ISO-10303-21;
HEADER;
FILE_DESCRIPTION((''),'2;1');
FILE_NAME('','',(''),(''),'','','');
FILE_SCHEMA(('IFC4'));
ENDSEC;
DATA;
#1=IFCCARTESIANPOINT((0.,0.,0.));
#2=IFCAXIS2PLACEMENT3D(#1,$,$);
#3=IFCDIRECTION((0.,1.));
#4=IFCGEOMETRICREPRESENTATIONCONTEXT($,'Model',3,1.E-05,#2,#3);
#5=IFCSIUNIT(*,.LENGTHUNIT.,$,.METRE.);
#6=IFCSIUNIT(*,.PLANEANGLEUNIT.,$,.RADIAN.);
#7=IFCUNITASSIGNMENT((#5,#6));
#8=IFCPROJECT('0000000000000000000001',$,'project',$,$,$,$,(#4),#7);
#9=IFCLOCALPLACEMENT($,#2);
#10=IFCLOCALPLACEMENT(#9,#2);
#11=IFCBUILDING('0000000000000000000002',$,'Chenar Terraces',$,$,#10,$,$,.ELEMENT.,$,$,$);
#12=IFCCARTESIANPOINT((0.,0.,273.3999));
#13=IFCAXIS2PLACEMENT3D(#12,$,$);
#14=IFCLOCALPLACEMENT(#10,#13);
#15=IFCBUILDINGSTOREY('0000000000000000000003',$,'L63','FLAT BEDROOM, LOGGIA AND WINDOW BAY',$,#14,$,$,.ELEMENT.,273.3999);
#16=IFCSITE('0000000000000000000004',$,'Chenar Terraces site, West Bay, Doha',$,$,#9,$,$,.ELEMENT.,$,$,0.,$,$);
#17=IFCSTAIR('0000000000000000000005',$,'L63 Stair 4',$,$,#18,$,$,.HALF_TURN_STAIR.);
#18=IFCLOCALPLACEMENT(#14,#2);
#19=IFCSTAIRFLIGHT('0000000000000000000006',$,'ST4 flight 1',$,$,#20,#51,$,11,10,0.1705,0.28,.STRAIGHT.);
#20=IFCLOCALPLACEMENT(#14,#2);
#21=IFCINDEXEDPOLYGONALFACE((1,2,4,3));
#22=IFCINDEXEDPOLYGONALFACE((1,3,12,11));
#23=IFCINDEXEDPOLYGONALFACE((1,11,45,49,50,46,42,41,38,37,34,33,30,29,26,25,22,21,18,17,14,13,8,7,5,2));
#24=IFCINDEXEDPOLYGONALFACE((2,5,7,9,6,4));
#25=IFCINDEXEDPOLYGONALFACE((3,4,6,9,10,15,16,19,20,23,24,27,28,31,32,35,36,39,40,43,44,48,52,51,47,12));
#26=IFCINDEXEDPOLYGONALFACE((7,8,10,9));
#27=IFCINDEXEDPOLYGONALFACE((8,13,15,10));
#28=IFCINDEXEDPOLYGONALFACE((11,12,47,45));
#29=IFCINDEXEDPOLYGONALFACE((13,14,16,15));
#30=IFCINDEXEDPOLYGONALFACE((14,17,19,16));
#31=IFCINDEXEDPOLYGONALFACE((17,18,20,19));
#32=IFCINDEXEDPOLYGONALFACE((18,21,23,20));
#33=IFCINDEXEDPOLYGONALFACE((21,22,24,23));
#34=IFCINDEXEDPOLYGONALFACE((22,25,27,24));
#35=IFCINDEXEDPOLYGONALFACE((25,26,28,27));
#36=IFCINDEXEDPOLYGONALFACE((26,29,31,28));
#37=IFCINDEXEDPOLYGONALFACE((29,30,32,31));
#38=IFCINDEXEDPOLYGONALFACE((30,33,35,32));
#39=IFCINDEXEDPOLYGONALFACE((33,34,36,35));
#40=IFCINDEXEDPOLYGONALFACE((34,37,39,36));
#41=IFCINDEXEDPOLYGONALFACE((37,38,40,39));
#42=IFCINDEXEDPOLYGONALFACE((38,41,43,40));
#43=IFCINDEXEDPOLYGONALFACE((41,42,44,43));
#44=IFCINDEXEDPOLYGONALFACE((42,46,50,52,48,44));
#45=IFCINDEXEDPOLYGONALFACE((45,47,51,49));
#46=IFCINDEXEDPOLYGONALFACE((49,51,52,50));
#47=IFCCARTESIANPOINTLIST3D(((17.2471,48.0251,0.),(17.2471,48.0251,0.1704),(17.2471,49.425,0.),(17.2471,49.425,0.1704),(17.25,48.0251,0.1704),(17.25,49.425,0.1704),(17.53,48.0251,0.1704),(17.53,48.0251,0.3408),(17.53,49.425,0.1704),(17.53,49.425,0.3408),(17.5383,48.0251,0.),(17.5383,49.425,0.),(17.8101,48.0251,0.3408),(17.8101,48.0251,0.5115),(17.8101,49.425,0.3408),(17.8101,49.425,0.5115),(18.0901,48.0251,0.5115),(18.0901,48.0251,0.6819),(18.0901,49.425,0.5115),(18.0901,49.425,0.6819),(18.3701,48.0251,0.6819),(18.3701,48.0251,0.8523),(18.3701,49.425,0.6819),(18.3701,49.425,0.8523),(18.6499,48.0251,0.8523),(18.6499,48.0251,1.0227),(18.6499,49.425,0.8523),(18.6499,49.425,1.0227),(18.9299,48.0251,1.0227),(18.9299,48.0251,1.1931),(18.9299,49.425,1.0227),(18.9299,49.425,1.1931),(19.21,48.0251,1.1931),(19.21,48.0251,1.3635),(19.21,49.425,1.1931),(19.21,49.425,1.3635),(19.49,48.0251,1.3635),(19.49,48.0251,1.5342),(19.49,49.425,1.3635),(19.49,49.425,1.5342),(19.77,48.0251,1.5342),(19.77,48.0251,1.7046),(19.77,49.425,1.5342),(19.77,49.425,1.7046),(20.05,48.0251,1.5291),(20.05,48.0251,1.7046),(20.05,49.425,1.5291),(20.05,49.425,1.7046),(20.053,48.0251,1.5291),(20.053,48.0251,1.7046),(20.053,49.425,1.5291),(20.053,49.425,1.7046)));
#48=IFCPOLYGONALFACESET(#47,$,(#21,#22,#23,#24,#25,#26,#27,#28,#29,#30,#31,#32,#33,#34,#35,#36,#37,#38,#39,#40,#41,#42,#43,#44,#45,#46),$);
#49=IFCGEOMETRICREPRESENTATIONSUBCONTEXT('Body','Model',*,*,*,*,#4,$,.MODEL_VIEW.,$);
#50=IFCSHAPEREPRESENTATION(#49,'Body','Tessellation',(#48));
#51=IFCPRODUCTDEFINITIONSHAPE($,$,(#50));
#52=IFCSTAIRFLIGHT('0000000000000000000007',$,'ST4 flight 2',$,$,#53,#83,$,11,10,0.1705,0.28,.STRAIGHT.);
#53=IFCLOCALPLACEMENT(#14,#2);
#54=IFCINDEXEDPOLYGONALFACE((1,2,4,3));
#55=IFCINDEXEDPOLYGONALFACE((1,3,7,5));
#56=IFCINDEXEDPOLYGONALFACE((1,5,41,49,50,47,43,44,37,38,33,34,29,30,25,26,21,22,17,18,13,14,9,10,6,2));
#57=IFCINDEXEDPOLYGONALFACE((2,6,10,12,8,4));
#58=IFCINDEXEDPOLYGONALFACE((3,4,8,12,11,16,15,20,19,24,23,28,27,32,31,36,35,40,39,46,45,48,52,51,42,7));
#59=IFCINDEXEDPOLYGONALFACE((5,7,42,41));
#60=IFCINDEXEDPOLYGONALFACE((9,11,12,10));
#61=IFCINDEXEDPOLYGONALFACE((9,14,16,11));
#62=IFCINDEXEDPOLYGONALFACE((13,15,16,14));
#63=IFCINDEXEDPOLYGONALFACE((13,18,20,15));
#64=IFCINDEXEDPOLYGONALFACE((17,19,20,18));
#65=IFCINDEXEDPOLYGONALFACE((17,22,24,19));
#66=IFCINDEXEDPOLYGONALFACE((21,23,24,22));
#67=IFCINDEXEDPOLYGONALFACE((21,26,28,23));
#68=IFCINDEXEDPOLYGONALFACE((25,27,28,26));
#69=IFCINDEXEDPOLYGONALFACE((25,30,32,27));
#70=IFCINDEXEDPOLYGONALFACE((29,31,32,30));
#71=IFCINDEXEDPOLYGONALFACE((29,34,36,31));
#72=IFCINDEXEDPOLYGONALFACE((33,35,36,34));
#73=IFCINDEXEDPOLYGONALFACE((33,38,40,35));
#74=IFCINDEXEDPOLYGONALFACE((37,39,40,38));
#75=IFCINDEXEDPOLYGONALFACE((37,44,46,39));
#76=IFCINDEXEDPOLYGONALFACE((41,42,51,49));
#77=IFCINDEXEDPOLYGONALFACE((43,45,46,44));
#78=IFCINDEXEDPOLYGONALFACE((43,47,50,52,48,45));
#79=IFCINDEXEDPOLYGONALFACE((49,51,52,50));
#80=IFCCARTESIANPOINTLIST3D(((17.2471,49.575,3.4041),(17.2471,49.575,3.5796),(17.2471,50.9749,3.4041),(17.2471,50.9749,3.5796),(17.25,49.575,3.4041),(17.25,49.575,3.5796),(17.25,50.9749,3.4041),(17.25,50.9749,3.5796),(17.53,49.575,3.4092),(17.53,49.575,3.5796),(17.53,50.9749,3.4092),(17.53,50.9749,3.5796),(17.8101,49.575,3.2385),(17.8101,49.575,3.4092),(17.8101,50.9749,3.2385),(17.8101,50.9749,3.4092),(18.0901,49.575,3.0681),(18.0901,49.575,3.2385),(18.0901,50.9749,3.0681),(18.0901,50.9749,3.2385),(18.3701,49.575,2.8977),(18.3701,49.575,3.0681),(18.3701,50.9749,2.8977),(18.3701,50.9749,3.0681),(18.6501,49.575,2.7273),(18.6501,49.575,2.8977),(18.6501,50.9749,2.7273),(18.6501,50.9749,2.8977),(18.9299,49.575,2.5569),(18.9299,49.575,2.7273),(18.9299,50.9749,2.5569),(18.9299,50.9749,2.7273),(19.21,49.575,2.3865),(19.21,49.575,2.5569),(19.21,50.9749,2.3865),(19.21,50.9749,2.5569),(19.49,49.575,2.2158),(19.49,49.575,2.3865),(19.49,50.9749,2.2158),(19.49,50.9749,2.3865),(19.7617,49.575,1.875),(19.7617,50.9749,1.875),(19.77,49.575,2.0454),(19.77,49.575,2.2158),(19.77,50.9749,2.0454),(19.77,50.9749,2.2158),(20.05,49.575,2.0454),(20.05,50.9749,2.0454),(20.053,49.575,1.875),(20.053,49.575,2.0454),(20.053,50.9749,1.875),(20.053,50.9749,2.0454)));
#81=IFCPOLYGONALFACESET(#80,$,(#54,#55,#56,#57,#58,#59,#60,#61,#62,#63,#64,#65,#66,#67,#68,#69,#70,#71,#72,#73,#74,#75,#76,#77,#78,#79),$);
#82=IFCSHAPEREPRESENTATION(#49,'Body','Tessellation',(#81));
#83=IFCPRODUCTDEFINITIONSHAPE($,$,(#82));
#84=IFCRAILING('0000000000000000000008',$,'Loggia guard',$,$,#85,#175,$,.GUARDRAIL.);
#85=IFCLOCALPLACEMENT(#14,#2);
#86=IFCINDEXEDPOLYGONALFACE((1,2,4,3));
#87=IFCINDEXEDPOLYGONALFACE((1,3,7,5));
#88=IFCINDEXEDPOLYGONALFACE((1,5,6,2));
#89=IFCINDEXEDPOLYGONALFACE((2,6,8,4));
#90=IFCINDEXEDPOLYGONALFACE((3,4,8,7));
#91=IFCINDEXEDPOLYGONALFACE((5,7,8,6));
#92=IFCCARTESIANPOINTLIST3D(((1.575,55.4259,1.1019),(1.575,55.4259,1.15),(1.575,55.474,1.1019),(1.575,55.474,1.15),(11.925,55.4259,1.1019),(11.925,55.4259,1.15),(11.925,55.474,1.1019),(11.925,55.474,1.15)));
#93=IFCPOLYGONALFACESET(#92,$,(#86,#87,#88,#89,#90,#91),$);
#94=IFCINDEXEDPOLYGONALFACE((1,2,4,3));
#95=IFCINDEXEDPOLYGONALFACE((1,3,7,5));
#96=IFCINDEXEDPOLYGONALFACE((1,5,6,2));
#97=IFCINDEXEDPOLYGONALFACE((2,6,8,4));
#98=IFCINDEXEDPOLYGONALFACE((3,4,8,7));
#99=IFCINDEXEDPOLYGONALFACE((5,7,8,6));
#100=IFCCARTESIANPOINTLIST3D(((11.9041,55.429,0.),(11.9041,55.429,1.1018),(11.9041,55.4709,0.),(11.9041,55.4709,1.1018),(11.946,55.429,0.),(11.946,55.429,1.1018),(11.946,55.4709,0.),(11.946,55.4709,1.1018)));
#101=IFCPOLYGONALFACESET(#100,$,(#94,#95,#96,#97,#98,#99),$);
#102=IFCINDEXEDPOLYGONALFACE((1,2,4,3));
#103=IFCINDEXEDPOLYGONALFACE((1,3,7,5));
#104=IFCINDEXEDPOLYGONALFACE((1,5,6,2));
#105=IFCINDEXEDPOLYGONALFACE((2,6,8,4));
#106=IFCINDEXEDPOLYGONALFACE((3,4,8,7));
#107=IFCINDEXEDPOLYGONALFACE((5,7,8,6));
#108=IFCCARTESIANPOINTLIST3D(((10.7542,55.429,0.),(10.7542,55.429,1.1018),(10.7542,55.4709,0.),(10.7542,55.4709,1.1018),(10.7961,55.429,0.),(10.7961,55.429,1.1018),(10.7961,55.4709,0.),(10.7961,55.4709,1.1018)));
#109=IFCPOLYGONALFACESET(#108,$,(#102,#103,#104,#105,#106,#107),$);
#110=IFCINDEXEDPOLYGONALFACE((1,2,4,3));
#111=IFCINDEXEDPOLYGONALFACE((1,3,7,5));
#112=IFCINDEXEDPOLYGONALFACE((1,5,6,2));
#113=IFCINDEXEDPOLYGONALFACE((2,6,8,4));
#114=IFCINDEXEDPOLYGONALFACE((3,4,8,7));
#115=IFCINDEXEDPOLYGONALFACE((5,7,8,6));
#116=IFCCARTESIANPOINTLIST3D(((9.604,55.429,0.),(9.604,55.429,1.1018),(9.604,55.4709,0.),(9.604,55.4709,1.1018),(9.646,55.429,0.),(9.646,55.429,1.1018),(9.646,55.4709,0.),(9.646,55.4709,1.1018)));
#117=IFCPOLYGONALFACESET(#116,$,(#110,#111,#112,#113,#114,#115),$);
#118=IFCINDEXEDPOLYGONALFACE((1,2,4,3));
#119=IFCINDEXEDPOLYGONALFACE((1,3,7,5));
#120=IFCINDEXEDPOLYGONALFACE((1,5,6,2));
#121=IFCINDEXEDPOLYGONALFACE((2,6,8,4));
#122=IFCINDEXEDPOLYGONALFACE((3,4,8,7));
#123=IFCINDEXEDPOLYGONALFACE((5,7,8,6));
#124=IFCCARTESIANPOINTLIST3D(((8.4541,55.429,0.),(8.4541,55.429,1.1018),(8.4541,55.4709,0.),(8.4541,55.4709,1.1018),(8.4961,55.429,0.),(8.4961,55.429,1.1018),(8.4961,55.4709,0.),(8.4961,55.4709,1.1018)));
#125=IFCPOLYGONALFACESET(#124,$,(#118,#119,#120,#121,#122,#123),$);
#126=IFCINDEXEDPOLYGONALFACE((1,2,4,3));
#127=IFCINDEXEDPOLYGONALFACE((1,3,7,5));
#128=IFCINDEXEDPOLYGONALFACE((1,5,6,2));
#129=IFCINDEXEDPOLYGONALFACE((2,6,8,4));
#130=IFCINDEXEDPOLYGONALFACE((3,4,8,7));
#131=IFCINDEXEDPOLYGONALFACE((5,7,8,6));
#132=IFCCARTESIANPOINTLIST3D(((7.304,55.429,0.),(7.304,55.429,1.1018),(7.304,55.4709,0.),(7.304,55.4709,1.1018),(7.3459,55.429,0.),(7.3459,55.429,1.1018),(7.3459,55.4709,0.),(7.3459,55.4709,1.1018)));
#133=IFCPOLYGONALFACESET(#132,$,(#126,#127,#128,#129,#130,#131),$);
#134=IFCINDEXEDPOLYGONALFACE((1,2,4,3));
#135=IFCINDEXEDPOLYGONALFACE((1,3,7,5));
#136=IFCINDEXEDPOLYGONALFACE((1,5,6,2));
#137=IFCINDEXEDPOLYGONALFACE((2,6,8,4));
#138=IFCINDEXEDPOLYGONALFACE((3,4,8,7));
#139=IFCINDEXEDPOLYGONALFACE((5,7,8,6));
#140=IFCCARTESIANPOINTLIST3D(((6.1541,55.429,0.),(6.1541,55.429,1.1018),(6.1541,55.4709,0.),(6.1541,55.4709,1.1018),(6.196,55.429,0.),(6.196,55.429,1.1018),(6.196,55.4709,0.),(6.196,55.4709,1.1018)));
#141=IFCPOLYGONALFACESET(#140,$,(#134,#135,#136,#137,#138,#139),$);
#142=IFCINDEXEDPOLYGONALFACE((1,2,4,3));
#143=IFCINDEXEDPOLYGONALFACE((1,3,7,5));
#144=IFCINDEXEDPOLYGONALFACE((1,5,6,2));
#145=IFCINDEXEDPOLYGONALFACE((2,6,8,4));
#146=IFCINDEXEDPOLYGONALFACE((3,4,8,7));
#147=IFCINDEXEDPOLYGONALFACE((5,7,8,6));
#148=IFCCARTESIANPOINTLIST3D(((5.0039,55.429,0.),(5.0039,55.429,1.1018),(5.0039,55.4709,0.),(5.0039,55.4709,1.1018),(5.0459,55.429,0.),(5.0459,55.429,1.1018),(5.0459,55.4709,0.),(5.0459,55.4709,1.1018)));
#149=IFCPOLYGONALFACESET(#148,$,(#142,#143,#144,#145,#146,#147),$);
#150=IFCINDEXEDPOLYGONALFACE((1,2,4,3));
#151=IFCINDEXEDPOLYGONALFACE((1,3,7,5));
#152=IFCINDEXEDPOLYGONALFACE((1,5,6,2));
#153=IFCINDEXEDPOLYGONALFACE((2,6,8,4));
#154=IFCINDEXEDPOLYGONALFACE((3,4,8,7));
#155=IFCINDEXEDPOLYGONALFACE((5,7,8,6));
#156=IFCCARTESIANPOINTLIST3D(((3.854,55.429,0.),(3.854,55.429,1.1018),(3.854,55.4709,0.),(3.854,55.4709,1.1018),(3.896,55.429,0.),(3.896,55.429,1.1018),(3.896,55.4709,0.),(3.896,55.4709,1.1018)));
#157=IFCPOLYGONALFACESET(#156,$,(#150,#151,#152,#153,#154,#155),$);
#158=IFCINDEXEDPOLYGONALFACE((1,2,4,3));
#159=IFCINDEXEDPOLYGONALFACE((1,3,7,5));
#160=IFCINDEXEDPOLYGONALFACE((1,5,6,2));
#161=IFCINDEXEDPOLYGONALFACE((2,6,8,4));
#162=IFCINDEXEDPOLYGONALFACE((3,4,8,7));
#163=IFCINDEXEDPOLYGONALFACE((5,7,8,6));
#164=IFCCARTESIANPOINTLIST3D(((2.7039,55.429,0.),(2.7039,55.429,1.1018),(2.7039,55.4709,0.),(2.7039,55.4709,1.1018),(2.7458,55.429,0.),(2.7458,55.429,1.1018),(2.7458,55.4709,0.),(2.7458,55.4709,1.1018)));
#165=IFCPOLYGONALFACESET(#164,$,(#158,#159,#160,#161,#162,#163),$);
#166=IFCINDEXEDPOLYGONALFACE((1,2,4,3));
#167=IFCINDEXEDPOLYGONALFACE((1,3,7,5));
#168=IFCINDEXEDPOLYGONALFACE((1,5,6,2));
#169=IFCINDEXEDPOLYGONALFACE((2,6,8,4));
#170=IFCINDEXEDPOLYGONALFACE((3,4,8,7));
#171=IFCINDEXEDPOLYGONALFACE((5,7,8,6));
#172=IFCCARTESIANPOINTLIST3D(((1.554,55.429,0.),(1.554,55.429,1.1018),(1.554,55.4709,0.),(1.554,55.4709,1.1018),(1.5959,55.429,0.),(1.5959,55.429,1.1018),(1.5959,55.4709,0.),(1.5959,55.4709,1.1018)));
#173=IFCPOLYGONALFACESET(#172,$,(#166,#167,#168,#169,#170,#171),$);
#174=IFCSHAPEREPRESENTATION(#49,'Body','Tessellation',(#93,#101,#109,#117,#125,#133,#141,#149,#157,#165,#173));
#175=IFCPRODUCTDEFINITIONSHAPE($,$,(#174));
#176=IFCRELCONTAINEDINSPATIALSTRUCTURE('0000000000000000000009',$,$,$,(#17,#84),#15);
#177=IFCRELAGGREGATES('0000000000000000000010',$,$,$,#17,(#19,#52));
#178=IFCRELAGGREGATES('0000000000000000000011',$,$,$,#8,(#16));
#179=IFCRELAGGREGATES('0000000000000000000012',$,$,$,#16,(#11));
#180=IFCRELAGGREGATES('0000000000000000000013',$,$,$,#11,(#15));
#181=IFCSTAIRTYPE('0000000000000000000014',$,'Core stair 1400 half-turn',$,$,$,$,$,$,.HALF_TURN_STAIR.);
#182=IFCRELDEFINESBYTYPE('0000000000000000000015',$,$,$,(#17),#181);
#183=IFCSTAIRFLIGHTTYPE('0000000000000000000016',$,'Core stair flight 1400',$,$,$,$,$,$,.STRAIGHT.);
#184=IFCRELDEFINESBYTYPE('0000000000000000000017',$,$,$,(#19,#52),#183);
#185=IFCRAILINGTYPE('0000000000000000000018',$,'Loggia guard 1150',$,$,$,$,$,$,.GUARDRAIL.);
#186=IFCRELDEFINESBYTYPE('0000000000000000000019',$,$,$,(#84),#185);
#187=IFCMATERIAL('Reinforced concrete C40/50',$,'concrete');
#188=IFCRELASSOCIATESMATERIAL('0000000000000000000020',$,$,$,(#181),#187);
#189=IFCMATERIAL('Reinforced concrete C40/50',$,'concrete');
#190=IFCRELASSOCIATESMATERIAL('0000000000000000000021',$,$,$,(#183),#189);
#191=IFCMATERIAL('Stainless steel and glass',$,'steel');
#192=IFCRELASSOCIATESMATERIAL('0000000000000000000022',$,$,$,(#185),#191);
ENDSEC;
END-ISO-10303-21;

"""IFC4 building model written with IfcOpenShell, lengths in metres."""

from ifc_helpers import new_model, si_unit, direction, frame, origin, origin_2d, place, context, subcontext, project, spatial, polyline, rectangle, outline, extrude, material, type_object, element, aggregate, save


model = new_model("IFC4")

# Units and contexts
model_context = context("Model", 3, precision=1e-05, world=origin(), true_north=direction((0.0, 1.0)))
body_context = subcontext(model_context, "Body", "Model", "MODEL_VIEW")
ifc_project = project(units=[si_unit("LENGTHUNIT", "METRE"), si_unit("PLANEANGLEUNIT", "RADIAN")], contexts=[model_context])

# Site, building, storey
site_placement = place(None, origin())
site = spatial("IfcSite", under=ifc_project, at=site_placement, Name="Chenar Terraces site, West Bay, Doha", CompositionType="ELEMENT", RefElevation=0.0)
building_placement = place(site_placement, origin())
building = spatial("IfcBuilding", under=site, at=building_placement, Name="Chenar Terraces", CompositionType="ELEMENT")
storey_placement = place(building_placement, frame((0.0, 0.0, 273.3999)))
storey = spatial("IfcBuildingStorey", under=building, at=storey_placement, Name="L63", Description="FLAT BEDROOM, LOGGIA AND WINDOW BAY", CompositionType="ELEMENT", Elevation=273.3999)

# Stair, stair flights
ifc_material_1 = material(Name="Reinforced concrete C40/50", Category="concrete")
stair_type = type_object("IfcStairType", Name="Core stair 1400 half-turn", PredefinedType="HALF_TURN_STAIR", material=ifc_material_1)
stair_placement = place(storey_placement, origin())
stair = element("IfcStair", 1, at=stair_placement, inside=storey, type_object=stair_type, Name="L63 Stair 4", PredefinedType="HALF_TURN_STAIR")
ifc_material_2 = material(Name="Reinforced concrete C40/50", Category="concrete")
stair_flight_type = type_object("IfcStairFlightType", Name="Core stair flight 1400", PredefinedType="STRAIGHT", material=ifc_material_2)
stair_flight_1_placement = place(storey_placement, frame((17.25, 48.7251, 0.0), z_axis=(0.0, 0.0, 1.0), x_axis=(1.0, 0.0, 0.0)))
stair_flight_1 = element("IfcStairFlight", 2, at=stair_flight_1_placement, type_object=stair_flight_type, Name="ST4 flight 1", NumberOfRisers=11, NumberOfTreads=10, PredefinedType="STRAIGHT", RiserHeight=0.1705, TreadLength=0.28, context=body_context, shape_type="SweptSolid", body=[
    extrude(outline(polyline([(-0.0029, 0.0), (-0.0029, 0.1704), (0.0, 0.1704), (0.28, 0.1704), (0.28, 0.3408), (0.5601, 0.3408), (0.5601, 0.5115), (0.8401, 0.5115), (0.8401, 0.6819), (1.1201, 0.6819), (1.1201, 0.8523), (1.3999, 0.8523), (1.3999, 1.0227), (1.6799, 1.0227), (1.6799, 1.1931), (1.96, 1.1931), (1.96, 1.3635), (2.24, 1.3635), (2.24, 1.5342), (2.52, 1.5342), (2.52, 1.7046), (2.8, 1.7046), (2.803, 1.7046), (2.803, 1.5291), (2.8, 1.5291), (0.2883, 0.0), (-0.0029, 0.0)])), frame((0.0, 0.7, 0.0), z_axis=(0.0, -1.0, 0.0), x_axis=(1.0, 0.0, 0.0)), (0.0, 0.0, 1.0), 1.3999),
])
stair_flight_2_placement = place(storey_placement, frame((20.05, 50.2749, 1.875), z_axis=(0.0, 0.0, 1.0), x_axis=(-1.0, 0.0, 0.0)))
stair_flight_2 = element("IfcStairFlight", 3, at=stair_flight_2_placement, type_object=stair_flight_type, Name="ST4 flight 2", NumberOfRisers=11, NumberOfTreads=10, PredefinedType="STRAIGHT", RiserHeight=0.1705, TreadLength=0.28, context=body_context, shape_type="SweptSolid", body=[
    extrude(outline(polyline([(-0.0029, 0.0), (-0.0029, 0.1704), (0.0, 0.1704), (0.28, 0.1704), (0.28, 0.3408), (0.5601, 0.3408), (0.5601, 0.5115), (0.8401, 0.5115), (0.8401, 0.6819), (1.1201, 0.6819), (1.1201, 0.8523), (1.3999, 0.8523), (1.3999, 1.0227), (1.6799, 1.0227), (1.6799, 1.1931), (1.96, 1.1931), (1.96, 1.3635), (2.24, 1.3635), (2.24, 1.5342), (2.52, 1.5342), (2.52, 1.7046), (2.8, 1.7046), (2.803, 1.7046), (2.803, 1.5291), (2.8, 1.5291), (0.2883, 0.0), (-0.0029, 0.0)])), frame((0.0, 0.7, 0.0), z_axis=(0.0, -1.0, 0.0), x_axis=(1.0, 0.0, 0.0)), (0.0, 0.0, 1.0), 1.3999),
])
aggregate(stair, [stair_flight_1, stair_flight_2])

# Railing
ifc_material_3 = material(Name="Stainless steel and glass", Category="steel")
railing_type_1 = type_object("IfcRailingType", Name="Loggia guard 1150", PredefinedType="GUARDRAIL", material=ifc_material_3)
railing_1_placement = place(storey_placement, frame((11.925, 55.45, 0.0)))
element("IfcRailing", 4, at=railing_1_placement, inside=storey, type_object=railing_type_1, Name="Loggia guard", PredefinedType="GUARDRAIL", context=body_context, shape_type="SweptSolid", body=[
    extrude(rectangle(XDim=0.0481, YDim=0.0481, at=origin_2d()), frame((0.0, 0.0, 1.126), z_axis=(-1.0, 0.0, 0.0), x_axis=(0.0, -1.0, 0.0)), (0.0, 0.0, 1.0), 10.3501),
    extrude(rectangle(XDim=0.042, YDim=0.042, at=origin_2d()), origin(), (0.0, 0.0, 1.0), 1.1018),
    extrude(rectangle(XDim=0.042, YDim=0.042, at=origin_2d()), frame((-1.1499, 0.0, 0.0)), (0.0, 0.0, 1.0), 1.1018),
    extrude(rectangle(XDim=0.042, YDim=0.042, at=origin_2d()), frame((-2.3, 0.0, 0.0)), (0.0, 0.0, 1.0), 1.1018),
    extrude(rectangle(XDim=0.042, YDim=0.042, at=origin_2d()), frame((-3.45, 0.0, 0.0)), (0.0, 0.0, 1.0), 1.1018),
    extrude(rectangle(XDim=0.042, YDim=0.042, at=origin_2d()), frame((-4.6001, 0.0, 0.0)), (0.0, 0.0, 1.0), 1.1018),
    extrude(rectangle(XDim=0.042, YDim=0.042, at=origin_2d()), frame((-5.75, 0.0, 0.0)), (0.0, 0.0, 1.0), 1.1018),
    extrude(rectangle(XDim=0.042, YDim=0.042, at=origin_2d()), frame((-6.9001, 0.0, 0.0)), (0.0, 0.0, 1.0), 1.1018),
    extrude(rectangle(XDim=0.042, YDim=0.042, at=origin_2d()), frame((-8.05, 0.0, 0.0)), (0.0, 0.0, 1.0), 1.1018),
    extrude(rectangle(XDim=0.042, YDim=0.042, at=origin_2d()), frame((-9.2002, 0.0, 0.0)), (0.0, 0.0, 1.0), 1.1018),
    extrude(rectangle(XDim=0.042, YDim=0.042, at=origin_2d()), frame((-10.3501, 0.0, 0.0)), (0.0, 0.0, 1.0), 1.1018),
])

save(model, "model.ifc")
